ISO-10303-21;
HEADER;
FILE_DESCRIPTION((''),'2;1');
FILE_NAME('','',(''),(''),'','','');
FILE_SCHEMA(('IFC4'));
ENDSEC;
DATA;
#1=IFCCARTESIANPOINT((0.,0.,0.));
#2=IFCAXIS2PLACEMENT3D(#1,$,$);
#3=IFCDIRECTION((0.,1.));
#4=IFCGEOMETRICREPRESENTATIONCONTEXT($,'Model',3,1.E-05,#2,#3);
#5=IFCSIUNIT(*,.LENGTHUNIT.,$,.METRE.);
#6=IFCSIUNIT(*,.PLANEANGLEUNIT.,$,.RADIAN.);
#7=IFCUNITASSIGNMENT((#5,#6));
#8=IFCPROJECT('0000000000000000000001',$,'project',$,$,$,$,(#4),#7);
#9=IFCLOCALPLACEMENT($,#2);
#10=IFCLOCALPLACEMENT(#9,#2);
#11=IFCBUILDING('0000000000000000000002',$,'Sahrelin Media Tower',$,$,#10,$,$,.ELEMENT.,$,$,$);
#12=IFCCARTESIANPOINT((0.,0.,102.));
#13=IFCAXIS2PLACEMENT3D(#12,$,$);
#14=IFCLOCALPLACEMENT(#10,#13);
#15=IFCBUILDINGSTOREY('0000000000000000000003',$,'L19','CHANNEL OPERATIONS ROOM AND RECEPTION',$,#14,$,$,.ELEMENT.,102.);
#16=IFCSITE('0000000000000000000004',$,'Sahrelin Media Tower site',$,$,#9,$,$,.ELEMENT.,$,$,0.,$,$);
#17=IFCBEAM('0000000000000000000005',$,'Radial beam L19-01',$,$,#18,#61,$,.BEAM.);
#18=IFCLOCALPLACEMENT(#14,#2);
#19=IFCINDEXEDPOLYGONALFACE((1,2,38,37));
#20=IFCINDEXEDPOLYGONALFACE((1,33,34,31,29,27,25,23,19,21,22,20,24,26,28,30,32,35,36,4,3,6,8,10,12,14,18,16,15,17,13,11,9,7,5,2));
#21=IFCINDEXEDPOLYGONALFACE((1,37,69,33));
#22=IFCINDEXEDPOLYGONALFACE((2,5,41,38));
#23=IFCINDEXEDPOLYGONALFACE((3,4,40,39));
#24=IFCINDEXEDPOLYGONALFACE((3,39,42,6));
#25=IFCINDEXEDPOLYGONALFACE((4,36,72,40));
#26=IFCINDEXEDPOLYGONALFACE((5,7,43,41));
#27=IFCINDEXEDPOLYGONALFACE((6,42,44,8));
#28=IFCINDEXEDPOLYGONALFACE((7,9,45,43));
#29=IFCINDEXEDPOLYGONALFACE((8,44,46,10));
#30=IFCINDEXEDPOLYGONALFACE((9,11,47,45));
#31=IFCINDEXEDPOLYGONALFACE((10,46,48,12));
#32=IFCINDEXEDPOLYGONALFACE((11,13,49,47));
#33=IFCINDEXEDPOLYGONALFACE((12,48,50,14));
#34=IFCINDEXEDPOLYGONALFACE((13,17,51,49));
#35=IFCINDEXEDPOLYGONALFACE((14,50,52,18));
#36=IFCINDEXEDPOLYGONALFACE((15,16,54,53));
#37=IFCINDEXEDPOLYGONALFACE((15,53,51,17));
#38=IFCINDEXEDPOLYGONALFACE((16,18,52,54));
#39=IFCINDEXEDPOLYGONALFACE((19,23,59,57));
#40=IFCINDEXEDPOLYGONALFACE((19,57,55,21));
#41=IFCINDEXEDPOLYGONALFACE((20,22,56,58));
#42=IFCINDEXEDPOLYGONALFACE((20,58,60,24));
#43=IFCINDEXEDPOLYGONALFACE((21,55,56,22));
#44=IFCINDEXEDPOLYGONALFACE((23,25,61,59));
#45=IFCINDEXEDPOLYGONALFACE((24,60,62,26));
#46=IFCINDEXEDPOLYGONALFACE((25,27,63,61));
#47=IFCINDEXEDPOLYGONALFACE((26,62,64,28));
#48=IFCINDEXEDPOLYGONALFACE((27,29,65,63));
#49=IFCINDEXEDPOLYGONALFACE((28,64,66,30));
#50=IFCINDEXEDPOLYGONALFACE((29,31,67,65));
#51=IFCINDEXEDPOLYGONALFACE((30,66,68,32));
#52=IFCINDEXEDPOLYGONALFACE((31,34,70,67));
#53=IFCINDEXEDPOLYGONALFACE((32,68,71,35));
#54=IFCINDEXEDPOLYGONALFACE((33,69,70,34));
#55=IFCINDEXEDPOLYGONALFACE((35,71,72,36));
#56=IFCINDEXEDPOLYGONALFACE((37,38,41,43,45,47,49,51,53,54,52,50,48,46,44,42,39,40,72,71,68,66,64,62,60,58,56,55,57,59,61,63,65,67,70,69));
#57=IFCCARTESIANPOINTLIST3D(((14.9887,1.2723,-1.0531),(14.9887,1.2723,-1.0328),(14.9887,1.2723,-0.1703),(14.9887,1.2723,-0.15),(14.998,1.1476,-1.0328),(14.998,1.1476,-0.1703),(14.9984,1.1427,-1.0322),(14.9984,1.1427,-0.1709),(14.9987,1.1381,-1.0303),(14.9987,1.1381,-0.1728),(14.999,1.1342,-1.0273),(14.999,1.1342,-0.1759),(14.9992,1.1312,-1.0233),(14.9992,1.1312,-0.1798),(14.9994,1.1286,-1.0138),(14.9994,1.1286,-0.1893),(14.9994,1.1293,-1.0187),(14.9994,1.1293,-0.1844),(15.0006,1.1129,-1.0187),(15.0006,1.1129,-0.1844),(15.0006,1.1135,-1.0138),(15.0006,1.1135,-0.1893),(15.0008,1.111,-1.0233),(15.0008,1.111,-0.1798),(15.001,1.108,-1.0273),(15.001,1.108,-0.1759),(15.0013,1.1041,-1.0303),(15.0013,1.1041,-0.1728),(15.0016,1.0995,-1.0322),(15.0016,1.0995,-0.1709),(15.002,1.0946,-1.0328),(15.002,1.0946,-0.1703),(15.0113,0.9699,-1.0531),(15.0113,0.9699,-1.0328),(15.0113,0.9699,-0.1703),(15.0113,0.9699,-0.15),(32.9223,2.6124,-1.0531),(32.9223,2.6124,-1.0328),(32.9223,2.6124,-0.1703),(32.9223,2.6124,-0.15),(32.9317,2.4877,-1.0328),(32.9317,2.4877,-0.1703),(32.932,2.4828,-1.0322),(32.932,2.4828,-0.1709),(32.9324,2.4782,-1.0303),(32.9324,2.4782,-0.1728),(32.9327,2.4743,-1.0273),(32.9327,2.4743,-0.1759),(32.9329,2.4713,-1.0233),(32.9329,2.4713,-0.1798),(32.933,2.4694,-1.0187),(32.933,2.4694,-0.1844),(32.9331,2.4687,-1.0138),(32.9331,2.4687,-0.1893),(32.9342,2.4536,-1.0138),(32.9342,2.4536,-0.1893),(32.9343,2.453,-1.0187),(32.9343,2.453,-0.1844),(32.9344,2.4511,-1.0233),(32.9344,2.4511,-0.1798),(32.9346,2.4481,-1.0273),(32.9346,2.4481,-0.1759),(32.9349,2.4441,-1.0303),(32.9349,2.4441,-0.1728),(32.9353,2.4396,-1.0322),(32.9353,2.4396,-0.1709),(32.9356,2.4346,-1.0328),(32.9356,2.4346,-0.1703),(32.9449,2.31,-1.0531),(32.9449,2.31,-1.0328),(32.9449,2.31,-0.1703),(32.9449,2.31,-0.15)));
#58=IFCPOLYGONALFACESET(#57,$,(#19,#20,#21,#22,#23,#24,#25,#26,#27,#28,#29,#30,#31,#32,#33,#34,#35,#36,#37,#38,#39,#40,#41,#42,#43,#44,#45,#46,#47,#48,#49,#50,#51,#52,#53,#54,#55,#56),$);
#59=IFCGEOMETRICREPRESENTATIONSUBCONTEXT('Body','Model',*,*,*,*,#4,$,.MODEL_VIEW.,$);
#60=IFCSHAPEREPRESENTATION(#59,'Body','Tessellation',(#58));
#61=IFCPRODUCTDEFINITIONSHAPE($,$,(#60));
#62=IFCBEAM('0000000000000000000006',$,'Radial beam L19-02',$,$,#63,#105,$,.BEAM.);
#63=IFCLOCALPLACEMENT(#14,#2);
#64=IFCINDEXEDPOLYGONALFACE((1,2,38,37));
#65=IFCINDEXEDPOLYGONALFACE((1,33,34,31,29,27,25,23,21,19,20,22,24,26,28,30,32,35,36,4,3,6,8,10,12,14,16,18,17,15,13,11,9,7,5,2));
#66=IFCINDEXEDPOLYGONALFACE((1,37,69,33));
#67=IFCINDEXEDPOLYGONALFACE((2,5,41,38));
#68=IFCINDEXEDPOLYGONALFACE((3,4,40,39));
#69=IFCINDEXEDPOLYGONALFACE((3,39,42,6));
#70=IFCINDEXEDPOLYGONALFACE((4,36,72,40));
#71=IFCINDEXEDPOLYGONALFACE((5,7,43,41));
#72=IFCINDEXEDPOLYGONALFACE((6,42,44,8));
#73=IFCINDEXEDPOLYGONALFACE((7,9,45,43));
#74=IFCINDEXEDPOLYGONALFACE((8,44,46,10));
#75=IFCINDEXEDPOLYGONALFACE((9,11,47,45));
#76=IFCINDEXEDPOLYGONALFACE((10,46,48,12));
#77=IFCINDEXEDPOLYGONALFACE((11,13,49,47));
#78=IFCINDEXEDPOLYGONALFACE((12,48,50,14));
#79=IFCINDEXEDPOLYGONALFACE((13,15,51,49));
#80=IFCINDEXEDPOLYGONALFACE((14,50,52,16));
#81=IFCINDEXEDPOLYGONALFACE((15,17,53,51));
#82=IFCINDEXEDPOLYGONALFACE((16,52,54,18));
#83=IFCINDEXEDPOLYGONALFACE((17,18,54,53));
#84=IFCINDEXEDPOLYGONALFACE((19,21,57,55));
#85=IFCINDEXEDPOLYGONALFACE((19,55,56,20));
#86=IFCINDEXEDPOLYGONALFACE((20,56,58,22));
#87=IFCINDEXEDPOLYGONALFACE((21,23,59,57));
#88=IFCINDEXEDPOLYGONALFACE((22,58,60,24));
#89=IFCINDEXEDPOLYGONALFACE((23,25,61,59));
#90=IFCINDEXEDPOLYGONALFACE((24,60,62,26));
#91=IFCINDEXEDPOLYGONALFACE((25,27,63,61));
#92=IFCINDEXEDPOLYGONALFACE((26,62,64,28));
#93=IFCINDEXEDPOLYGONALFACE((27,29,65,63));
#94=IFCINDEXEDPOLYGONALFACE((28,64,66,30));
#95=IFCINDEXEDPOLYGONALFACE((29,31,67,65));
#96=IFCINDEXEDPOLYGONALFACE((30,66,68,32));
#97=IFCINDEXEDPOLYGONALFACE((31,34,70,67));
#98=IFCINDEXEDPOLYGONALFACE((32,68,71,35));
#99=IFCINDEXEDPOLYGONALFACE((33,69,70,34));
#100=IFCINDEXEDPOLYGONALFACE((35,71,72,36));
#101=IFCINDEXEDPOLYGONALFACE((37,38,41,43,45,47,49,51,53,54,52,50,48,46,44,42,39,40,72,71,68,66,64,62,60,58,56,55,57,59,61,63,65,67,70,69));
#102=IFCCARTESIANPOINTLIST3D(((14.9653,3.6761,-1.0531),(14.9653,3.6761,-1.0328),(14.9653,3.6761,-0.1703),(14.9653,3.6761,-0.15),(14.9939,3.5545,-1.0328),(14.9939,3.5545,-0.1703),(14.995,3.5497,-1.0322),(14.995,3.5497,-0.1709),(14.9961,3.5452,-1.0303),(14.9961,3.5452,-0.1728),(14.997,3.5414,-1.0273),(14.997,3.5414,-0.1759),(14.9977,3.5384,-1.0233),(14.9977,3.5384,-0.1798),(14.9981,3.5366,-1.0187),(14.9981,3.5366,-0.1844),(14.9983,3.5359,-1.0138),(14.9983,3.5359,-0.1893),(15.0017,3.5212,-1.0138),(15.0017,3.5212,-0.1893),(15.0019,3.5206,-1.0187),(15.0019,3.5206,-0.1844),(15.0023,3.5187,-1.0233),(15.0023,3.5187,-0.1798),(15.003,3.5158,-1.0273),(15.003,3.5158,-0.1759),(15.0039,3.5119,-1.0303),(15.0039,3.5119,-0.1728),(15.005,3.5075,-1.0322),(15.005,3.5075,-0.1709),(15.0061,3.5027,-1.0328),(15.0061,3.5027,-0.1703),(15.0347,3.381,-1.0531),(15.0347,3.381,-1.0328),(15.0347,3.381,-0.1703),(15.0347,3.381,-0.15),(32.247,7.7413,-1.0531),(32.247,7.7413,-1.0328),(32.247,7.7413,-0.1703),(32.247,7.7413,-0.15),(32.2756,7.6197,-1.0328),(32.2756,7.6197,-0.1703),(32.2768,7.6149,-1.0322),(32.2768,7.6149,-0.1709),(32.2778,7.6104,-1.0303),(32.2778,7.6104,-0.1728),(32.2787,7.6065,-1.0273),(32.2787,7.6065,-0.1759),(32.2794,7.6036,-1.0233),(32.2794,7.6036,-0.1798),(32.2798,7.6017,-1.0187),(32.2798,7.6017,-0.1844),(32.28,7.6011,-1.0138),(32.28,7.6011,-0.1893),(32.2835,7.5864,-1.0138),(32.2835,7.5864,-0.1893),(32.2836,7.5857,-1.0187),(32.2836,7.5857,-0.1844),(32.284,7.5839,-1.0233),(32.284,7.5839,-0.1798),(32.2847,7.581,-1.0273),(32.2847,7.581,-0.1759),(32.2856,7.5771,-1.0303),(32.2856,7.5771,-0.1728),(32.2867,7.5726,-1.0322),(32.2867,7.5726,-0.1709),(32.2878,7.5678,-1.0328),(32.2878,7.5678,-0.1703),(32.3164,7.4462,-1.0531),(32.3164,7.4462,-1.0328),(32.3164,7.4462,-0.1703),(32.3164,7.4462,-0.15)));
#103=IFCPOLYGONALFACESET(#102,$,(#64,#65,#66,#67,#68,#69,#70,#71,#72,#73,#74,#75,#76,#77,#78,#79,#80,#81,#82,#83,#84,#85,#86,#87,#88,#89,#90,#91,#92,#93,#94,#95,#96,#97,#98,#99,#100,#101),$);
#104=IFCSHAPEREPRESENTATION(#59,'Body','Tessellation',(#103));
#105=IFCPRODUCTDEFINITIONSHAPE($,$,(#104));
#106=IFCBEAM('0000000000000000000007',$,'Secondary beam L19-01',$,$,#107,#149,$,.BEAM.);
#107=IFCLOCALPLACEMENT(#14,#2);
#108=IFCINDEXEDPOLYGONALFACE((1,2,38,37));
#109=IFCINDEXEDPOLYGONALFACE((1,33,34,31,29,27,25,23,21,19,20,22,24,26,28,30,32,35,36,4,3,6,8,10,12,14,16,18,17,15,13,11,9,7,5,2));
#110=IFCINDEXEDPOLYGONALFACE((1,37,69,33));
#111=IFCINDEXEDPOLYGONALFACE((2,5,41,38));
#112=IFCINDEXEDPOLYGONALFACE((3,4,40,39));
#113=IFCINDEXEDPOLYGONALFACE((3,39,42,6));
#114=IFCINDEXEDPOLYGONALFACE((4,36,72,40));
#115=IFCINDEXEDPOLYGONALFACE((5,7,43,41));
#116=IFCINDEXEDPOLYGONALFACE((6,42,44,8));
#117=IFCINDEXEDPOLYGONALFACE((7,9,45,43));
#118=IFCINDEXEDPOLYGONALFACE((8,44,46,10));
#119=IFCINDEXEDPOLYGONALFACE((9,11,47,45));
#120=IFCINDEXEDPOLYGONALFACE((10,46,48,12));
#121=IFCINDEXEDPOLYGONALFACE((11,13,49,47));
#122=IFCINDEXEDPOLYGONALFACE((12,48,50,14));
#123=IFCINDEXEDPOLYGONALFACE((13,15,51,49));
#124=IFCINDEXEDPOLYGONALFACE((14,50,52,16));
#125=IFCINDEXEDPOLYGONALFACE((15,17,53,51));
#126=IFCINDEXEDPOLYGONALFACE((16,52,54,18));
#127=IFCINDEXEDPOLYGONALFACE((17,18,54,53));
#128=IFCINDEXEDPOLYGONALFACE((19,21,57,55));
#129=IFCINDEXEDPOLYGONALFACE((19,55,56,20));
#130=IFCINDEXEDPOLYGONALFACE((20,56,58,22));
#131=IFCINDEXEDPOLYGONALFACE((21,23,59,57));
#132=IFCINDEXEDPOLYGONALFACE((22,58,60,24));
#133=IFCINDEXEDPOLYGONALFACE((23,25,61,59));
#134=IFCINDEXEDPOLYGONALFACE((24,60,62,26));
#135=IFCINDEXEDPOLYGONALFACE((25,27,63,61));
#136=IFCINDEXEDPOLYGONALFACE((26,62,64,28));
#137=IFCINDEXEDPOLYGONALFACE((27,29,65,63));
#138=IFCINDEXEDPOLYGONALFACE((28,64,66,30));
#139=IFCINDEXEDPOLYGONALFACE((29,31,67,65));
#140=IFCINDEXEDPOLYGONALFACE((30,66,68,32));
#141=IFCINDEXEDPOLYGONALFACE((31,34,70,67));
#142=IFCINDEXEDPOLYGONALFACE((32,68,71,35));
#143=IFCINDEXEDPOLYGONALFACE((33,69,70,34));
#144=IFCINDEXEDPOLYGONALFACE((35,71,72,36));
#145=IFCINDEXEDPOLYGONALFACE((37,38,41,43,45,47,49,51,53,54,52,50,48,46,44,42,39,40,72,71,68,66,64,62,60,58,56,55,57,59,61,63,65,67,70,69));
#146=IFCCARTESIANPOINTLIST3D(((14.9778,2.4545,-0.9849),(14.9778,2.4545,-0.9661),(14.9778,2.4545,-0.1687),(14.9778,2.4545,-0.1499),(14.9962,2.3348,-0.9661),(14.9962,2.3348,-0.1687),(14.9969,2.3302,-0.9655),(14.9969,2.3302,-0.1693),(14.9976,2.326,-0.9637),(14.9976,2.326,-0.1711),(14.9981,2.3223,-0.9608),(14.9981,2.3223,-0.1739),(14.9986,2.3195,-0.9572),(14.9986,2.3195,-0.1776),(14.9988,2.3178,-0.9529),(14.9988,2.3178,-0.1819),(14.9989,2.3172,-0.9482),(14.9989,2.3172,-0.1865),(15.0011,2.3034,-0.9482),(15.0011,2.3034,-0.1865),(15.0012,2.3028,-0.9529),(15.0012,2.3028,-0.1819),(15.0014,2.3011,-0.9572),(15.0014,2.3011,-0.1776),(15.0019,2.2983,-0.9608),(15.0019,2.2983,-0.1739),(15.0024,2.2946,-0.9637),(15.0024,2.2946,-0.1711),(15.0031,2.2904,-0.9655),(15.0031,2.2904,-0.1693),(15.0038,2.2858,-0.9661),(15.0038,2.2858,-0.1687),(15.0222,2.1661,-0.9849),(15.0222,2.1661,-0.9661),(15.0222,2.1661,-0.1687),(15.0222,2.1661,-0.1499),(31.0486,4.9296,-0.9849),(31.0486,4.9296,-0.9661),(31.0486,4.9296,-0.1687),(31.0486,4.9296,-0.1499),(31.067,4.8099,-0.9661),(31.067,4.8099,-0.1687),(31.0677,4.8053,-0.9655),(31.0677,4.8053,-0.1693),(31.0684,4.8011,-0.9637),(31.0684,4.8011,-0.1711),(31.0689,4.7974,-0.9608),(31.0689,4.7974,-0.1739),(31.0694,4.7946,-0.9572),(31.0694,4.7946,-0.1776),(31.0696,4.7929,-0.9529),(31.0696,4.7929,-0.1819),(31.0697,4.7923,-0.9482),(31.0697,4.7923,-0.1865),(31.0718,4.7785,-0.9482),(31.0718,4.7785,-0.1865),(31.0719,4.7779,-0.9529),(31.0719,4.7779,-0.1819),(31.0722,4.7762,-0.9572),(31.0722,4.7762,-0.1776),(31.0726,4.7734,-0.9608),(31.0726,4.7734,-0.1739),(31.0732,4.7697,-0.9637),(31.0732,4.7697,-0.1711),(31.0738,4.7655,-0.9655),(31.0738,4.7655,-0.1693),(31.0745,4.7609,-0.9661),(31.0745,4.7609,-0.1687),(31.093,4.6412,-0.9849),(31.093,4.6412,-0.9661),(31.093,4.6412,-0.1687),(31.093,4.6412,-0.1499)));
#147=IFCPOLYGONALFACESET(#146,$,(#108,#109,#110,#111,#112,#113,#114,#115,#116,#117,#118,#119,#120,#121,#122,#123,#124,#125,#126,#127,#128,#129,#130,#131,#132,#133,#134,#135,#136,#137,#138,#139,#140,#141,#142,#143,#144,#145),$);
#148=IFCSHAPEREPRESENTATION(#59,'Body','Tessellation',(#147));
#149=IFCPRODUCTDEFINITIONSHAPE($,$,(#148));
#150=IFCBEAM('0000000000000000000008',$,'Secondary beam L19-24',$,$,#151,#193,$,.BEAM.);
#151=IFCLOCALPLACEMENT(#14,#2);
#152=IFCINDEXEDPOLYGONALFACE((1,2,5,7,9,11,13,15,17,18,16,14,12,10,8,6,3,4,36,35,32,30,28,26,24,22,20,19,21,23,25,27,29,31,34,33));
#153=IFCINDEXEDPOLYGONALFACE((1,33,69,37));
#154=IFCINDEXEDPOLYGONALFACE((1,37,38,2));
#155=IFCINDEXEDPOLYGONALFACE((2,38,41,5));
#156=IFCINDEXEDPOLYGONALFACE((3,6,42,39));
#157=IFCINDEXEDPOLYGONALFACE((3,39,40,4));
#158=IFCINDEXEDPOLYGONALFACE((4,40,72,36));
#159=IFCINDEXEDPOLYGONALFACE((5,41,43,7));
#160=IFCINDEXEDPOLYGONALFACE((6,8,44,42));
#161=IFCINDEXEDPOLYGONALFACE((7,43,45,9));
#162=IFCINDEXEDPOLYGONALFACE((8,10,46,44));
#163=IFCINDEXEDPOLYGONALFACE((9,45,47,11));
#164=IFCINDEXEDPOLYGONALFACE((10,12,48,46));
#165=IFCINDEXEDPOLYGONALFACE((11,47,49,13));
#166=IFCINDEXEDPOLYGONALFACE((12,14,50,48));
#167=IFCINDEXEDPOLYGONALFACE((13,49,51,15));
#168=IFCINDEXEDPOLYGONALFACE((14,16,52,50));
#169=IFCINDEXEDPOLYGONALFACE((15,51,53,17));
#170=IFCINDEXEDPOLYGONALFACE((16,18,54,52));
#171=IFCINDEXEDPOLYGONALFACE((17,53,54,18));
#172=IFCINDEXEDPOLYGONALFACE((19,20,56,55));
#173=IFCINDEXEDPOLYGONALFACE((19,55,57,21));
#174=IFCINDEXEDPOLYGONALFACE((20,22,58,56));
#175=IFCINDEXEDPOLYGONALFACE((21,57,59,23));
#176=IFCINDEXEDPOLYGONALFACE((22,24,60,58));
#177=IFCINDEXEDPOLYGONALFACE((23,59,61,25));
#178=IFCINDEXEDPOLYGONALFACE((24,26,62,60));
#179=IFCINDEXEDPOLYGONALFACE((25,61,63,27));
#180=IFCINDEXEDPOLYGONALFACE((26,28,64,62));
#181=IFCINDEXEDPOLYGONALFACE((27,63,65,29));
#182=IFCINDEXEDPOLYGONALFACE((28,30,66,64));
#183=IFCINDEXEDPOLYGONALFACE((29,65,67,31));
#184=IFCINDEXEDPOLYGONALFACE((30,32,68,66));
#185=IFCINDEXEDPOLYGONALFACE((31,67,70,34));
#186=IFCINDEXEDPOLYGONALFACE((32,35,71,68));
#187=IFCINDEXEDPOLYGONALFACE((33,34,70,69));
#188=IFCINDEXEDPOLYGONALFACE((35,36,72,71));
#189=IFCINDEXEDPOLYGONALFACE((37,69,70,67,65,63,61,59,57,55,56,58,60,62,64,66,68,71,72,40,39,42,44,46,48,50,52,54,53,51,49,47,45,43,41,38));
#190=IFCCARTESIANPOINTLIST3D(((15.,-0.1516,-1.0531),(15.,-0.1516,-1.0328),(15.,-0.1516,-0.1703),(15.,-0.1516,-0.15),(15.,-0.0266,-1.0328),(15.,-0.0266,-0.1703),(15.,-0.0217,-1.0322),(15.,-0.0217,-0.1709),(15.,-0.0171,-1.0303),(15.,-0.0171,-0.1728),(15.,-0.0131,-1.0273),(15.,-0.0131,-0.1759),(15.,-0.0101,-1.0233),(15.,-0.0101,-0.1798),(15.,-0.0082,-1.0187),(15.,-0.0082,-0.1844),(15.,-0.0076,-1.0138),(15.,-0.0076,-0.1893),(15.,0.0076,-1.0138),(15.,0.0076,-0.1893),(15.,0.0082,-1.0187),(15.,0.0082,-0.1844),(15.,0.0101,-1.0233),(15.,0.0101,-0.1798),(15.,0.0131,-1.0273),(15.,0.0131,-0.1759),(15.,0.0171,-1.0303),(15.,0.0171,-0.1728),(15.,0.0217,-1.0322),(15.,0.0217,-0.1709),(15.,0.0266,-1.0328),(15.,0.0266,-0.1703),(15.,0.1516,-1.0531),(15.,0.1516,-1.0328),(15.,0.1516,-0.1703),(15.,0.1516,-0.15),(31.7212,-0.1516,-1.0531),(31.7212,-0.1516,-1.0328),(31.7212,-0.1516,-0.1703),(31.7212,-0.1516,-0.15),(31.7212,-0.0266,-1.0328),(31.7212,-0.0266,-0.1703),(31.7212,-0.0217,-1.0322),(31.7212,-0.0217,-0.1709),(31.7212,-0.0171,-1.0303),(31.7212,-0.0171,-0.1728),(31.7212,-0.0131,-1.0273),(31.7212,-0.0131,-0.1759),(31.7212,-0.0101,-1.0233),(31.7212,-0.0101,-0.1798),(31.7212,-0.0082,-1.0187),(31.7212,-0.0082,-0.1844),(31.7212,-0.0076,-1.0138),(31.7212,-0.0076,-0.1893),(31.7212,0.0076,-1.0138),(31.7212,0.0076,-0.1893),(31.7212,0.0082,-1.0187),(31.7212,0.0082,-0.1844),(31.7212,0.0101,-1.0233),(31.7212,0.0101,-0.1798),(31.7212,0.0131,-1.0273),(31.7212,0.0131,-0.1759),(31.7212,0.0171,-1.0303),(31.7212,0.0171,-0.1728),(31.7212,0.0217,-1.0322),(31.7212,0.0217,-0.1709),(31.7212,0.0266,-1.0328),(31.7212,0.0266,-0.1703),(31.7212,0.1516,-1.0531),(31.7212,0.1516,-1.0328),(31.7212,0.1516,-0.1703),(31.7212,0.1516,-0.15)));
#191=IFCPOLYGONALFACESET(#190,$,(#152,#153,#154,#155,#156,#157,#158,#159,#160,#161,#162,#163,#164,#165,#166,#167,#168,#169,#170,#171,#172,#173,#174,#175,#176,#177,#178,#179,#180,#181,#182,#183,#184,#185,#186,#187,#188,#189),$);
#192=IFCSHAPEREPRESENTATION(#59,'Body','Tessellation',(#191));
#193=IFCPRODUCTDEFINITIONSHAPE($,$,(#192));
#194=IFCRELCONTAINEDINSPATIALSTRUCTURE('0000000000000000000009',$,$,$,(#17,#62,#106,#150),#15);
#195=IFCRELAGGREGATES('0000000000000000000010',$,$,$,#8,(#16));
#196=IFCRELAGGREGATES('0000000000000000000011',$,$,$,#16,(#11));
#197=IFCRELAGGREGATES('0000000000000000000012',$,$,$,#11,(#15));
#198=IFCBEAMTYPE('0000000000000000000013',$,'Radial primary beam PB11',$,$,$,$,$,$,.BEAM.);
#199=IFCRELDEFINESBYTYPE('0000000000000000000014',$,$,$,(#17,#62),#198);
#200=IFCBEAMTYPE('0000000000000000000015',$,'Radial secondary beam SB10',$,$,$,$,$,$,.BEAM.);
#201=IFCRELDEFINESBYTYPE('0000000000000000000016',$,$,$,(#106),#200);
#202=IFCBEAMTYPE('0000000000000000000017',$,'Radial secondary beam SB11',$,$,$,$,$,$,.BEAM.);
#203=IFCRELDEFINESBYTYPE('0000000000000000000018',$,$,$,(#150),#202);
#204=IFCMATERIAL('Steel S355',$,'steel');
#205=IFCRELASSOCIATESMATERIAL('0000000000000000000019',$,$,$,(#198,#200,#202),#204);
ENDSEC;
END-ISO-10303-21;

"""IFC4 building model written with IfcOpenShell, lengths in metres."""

from ifc_helpers import new_model, si_unit, direction, frame, origin, origin_2d, place, context, subcontext, project, spatial, i_section, extrude, material, material_profile, profile_set, type_object, element, save


model = new_model("IFC4")

# Units and contexts
model_context = context("Model", 3, precision=1e-05, world=origin(), true_north=direction((0.0, 1.0)))
body_context = subcontext(model_context, "Body", "Model", "MODEL_VIEW")
ifc_project = project(units=[si_unit("LENGTHUNIT", "METRE"), si_unit("PLANEANGLEUNIT", "RADIAN")], contexts=[model_context])

# Site, building, storey
site_placement = place(None, origin())
site = spatial("IfcSite", under=ifc_project, at=site_placement, Name="Sahrelin Media Tower site", CompositionType="ELEMENT", RefElevation=0.0)
building_placement = place(site_placement, origin())
building = spatial("IfcBuilding", under=site, at=building_placement, Name="Sahrelin Media Tower", CompositionType="ELEMENT")
storey_placement = place(building_placement, frame((0.0, 0.0, 102.0)))
storey = spatial("IfcBuildingStorey", under=building, at=storey_placement, Name="L19", Description="CHANNEL OPERATIONS ROOM AND RECEPTION", CompositionType="ELEMENT", Elevation=102.0)

# Beams
ifc_material_1 = material(Name="Steel S355", Category="steel")
ifc_material_profile_1 = material_profile(ifc_material_1, i_section(OverallWidth=0.3032, OverallDepth=0.9031, WebThickness=0.0151, FlangeThickness=0.0203, FilletRadius=0.019, at=origin_2d()), Name="UB 914x305x201")
ifc_profile_set_1 = profile_set([ifc_material_profile_1], Name="Steel S355")
beam_type_1 = type_object("IfcBeamType", Name="Radial primary beam PB11", PredefinedType="BEAM", material=ifc_profile_set_1)
beam_1_placement = place(storey_placement, frame((15.0, 1.1211, -0.6016), z_axis=(0.99722, 0.074517, 0.0), x_axis=(-0.074517, 0.99722, 0.0)))
element("IfcBeam", 1, at=beam_1_placement, inside=storey, type_object=beam_type_1, Name="Radial beam L19-01", PredefinedType="BEAM", context=body_context, shape_type="SweptSolid", body=[
    extrude(i_section(OverallWidth=0.3032, OverallDepth=0.9031, WebThickness=0.0151, FlangeThickness=0.0203, FilletRadius=0.019, at=origin_2d()), origin(), (0.0, 0.0, 1.0), 17.9836),
])
beam_2_placement = place(storey_placement, frame((15.0, 3.5286, -0.6016), z_axis=(0.973431, 0.22898, 0.0), x_axis=(-0.22898, 0.973431, 0.0)))
element("IfcBeam", 2, at=beam_2_placement, inside=storey, type_object=beam_type_1, Name="Radial beam L19-02", PredefinedType="BEAM", context=body_context, shape_type="SweptSolid", body=[
    extrude(i_section(OverallWidth=0.3032, OverallDepth=0.9031, WebThickness=0.0151, FlangeThickness=0.0203, FilletRadius=0.019, at=origin_2d()), origin(), (0.0, 0.0, 1.0), 17.7534),
])
ifc_material_profile_2 = material_profile(ifc_material_1, i_section(OverallWidth=0.2917, OverallDepth=0.835, WebThickness=0.0139, FlangeThickness=0.0188, FilletRadius=0.0178, at=origin_2d()), Name="UB 838x292x176")
ifc_profile_set_2 = profile_set([ifc_material_profile_2], Name="Steel S355")
beam_type_2 = type_object("IfcBeamType", Name="Radial secondary beam SB10", PredefinedType="BEAM", material=ifc_profile_set_2)
beam_3_placement = place(storey_placement, frame((15.0, 2.3103, -0.5674), z_axis=(0.988347, 0.152217, 0.0), x_axis=(-0.152217, 0.988347, 0.0)))
element("IfcBeam", 3, at=beam_3_placement, inside=storey, type_object=beam_type_2, Name="Secondary beam L19-01", PredefinedType="BEAM", context=body_context, shape_type="SweptSolid", body=[
    extrude(i_section(OverallWidth=0.2917, OverallDepth=0.835, WebThickness=0.0139, FlangeThickness=0.0188, FilletRadius=0.0178, at=origin_2d()), origin(), (0.0, 0.0, 1.0), 16.2603),
])
ifc_material_profile_3 = material_profile(ifc_material_1, i_section(OverallWidth=0.3032, OverallDepth=0.9031, WebThickness=0.0151, FlangeThickness=0.0203, FilletRadius=0.019, at=origin_2d()), Name="UB 914x305x201")
ifc_profile_set_3 = profile_set([ifc_material_profile_3], Name="Steel S355")
beam_type_3 = type_object("IfcBeamType", Name="Radial secondary beam SB11", PredefinedType="BEAM", material=ifc_profile_set_3)
beam_4_placement = place(storey_placement, frame((15.0, 0.0, -0.6016), z_axis=(1.0, 0.0, 0.0), x_axis=(0.0, 1.0, 0.0)))
element("IfcBeam", 4, at=beam_4_placement, inside=storey, type_object=beam_type_3, Name="Secondary beam L19-24", PredefinedType="BEAM", context=body_context, shape_type="SweptSolid", body=[
    extrude(i_section(OverallWidth=0.3032, OverallDepth=0.9031, WebThickness=0.0151, FlangeThickness=0.0203, FilletRadius=0.019, at=origin_2d()), origin(), (0.0, 0.0, 1.0), 16.7212),
])

save(model, "model.ifc")
